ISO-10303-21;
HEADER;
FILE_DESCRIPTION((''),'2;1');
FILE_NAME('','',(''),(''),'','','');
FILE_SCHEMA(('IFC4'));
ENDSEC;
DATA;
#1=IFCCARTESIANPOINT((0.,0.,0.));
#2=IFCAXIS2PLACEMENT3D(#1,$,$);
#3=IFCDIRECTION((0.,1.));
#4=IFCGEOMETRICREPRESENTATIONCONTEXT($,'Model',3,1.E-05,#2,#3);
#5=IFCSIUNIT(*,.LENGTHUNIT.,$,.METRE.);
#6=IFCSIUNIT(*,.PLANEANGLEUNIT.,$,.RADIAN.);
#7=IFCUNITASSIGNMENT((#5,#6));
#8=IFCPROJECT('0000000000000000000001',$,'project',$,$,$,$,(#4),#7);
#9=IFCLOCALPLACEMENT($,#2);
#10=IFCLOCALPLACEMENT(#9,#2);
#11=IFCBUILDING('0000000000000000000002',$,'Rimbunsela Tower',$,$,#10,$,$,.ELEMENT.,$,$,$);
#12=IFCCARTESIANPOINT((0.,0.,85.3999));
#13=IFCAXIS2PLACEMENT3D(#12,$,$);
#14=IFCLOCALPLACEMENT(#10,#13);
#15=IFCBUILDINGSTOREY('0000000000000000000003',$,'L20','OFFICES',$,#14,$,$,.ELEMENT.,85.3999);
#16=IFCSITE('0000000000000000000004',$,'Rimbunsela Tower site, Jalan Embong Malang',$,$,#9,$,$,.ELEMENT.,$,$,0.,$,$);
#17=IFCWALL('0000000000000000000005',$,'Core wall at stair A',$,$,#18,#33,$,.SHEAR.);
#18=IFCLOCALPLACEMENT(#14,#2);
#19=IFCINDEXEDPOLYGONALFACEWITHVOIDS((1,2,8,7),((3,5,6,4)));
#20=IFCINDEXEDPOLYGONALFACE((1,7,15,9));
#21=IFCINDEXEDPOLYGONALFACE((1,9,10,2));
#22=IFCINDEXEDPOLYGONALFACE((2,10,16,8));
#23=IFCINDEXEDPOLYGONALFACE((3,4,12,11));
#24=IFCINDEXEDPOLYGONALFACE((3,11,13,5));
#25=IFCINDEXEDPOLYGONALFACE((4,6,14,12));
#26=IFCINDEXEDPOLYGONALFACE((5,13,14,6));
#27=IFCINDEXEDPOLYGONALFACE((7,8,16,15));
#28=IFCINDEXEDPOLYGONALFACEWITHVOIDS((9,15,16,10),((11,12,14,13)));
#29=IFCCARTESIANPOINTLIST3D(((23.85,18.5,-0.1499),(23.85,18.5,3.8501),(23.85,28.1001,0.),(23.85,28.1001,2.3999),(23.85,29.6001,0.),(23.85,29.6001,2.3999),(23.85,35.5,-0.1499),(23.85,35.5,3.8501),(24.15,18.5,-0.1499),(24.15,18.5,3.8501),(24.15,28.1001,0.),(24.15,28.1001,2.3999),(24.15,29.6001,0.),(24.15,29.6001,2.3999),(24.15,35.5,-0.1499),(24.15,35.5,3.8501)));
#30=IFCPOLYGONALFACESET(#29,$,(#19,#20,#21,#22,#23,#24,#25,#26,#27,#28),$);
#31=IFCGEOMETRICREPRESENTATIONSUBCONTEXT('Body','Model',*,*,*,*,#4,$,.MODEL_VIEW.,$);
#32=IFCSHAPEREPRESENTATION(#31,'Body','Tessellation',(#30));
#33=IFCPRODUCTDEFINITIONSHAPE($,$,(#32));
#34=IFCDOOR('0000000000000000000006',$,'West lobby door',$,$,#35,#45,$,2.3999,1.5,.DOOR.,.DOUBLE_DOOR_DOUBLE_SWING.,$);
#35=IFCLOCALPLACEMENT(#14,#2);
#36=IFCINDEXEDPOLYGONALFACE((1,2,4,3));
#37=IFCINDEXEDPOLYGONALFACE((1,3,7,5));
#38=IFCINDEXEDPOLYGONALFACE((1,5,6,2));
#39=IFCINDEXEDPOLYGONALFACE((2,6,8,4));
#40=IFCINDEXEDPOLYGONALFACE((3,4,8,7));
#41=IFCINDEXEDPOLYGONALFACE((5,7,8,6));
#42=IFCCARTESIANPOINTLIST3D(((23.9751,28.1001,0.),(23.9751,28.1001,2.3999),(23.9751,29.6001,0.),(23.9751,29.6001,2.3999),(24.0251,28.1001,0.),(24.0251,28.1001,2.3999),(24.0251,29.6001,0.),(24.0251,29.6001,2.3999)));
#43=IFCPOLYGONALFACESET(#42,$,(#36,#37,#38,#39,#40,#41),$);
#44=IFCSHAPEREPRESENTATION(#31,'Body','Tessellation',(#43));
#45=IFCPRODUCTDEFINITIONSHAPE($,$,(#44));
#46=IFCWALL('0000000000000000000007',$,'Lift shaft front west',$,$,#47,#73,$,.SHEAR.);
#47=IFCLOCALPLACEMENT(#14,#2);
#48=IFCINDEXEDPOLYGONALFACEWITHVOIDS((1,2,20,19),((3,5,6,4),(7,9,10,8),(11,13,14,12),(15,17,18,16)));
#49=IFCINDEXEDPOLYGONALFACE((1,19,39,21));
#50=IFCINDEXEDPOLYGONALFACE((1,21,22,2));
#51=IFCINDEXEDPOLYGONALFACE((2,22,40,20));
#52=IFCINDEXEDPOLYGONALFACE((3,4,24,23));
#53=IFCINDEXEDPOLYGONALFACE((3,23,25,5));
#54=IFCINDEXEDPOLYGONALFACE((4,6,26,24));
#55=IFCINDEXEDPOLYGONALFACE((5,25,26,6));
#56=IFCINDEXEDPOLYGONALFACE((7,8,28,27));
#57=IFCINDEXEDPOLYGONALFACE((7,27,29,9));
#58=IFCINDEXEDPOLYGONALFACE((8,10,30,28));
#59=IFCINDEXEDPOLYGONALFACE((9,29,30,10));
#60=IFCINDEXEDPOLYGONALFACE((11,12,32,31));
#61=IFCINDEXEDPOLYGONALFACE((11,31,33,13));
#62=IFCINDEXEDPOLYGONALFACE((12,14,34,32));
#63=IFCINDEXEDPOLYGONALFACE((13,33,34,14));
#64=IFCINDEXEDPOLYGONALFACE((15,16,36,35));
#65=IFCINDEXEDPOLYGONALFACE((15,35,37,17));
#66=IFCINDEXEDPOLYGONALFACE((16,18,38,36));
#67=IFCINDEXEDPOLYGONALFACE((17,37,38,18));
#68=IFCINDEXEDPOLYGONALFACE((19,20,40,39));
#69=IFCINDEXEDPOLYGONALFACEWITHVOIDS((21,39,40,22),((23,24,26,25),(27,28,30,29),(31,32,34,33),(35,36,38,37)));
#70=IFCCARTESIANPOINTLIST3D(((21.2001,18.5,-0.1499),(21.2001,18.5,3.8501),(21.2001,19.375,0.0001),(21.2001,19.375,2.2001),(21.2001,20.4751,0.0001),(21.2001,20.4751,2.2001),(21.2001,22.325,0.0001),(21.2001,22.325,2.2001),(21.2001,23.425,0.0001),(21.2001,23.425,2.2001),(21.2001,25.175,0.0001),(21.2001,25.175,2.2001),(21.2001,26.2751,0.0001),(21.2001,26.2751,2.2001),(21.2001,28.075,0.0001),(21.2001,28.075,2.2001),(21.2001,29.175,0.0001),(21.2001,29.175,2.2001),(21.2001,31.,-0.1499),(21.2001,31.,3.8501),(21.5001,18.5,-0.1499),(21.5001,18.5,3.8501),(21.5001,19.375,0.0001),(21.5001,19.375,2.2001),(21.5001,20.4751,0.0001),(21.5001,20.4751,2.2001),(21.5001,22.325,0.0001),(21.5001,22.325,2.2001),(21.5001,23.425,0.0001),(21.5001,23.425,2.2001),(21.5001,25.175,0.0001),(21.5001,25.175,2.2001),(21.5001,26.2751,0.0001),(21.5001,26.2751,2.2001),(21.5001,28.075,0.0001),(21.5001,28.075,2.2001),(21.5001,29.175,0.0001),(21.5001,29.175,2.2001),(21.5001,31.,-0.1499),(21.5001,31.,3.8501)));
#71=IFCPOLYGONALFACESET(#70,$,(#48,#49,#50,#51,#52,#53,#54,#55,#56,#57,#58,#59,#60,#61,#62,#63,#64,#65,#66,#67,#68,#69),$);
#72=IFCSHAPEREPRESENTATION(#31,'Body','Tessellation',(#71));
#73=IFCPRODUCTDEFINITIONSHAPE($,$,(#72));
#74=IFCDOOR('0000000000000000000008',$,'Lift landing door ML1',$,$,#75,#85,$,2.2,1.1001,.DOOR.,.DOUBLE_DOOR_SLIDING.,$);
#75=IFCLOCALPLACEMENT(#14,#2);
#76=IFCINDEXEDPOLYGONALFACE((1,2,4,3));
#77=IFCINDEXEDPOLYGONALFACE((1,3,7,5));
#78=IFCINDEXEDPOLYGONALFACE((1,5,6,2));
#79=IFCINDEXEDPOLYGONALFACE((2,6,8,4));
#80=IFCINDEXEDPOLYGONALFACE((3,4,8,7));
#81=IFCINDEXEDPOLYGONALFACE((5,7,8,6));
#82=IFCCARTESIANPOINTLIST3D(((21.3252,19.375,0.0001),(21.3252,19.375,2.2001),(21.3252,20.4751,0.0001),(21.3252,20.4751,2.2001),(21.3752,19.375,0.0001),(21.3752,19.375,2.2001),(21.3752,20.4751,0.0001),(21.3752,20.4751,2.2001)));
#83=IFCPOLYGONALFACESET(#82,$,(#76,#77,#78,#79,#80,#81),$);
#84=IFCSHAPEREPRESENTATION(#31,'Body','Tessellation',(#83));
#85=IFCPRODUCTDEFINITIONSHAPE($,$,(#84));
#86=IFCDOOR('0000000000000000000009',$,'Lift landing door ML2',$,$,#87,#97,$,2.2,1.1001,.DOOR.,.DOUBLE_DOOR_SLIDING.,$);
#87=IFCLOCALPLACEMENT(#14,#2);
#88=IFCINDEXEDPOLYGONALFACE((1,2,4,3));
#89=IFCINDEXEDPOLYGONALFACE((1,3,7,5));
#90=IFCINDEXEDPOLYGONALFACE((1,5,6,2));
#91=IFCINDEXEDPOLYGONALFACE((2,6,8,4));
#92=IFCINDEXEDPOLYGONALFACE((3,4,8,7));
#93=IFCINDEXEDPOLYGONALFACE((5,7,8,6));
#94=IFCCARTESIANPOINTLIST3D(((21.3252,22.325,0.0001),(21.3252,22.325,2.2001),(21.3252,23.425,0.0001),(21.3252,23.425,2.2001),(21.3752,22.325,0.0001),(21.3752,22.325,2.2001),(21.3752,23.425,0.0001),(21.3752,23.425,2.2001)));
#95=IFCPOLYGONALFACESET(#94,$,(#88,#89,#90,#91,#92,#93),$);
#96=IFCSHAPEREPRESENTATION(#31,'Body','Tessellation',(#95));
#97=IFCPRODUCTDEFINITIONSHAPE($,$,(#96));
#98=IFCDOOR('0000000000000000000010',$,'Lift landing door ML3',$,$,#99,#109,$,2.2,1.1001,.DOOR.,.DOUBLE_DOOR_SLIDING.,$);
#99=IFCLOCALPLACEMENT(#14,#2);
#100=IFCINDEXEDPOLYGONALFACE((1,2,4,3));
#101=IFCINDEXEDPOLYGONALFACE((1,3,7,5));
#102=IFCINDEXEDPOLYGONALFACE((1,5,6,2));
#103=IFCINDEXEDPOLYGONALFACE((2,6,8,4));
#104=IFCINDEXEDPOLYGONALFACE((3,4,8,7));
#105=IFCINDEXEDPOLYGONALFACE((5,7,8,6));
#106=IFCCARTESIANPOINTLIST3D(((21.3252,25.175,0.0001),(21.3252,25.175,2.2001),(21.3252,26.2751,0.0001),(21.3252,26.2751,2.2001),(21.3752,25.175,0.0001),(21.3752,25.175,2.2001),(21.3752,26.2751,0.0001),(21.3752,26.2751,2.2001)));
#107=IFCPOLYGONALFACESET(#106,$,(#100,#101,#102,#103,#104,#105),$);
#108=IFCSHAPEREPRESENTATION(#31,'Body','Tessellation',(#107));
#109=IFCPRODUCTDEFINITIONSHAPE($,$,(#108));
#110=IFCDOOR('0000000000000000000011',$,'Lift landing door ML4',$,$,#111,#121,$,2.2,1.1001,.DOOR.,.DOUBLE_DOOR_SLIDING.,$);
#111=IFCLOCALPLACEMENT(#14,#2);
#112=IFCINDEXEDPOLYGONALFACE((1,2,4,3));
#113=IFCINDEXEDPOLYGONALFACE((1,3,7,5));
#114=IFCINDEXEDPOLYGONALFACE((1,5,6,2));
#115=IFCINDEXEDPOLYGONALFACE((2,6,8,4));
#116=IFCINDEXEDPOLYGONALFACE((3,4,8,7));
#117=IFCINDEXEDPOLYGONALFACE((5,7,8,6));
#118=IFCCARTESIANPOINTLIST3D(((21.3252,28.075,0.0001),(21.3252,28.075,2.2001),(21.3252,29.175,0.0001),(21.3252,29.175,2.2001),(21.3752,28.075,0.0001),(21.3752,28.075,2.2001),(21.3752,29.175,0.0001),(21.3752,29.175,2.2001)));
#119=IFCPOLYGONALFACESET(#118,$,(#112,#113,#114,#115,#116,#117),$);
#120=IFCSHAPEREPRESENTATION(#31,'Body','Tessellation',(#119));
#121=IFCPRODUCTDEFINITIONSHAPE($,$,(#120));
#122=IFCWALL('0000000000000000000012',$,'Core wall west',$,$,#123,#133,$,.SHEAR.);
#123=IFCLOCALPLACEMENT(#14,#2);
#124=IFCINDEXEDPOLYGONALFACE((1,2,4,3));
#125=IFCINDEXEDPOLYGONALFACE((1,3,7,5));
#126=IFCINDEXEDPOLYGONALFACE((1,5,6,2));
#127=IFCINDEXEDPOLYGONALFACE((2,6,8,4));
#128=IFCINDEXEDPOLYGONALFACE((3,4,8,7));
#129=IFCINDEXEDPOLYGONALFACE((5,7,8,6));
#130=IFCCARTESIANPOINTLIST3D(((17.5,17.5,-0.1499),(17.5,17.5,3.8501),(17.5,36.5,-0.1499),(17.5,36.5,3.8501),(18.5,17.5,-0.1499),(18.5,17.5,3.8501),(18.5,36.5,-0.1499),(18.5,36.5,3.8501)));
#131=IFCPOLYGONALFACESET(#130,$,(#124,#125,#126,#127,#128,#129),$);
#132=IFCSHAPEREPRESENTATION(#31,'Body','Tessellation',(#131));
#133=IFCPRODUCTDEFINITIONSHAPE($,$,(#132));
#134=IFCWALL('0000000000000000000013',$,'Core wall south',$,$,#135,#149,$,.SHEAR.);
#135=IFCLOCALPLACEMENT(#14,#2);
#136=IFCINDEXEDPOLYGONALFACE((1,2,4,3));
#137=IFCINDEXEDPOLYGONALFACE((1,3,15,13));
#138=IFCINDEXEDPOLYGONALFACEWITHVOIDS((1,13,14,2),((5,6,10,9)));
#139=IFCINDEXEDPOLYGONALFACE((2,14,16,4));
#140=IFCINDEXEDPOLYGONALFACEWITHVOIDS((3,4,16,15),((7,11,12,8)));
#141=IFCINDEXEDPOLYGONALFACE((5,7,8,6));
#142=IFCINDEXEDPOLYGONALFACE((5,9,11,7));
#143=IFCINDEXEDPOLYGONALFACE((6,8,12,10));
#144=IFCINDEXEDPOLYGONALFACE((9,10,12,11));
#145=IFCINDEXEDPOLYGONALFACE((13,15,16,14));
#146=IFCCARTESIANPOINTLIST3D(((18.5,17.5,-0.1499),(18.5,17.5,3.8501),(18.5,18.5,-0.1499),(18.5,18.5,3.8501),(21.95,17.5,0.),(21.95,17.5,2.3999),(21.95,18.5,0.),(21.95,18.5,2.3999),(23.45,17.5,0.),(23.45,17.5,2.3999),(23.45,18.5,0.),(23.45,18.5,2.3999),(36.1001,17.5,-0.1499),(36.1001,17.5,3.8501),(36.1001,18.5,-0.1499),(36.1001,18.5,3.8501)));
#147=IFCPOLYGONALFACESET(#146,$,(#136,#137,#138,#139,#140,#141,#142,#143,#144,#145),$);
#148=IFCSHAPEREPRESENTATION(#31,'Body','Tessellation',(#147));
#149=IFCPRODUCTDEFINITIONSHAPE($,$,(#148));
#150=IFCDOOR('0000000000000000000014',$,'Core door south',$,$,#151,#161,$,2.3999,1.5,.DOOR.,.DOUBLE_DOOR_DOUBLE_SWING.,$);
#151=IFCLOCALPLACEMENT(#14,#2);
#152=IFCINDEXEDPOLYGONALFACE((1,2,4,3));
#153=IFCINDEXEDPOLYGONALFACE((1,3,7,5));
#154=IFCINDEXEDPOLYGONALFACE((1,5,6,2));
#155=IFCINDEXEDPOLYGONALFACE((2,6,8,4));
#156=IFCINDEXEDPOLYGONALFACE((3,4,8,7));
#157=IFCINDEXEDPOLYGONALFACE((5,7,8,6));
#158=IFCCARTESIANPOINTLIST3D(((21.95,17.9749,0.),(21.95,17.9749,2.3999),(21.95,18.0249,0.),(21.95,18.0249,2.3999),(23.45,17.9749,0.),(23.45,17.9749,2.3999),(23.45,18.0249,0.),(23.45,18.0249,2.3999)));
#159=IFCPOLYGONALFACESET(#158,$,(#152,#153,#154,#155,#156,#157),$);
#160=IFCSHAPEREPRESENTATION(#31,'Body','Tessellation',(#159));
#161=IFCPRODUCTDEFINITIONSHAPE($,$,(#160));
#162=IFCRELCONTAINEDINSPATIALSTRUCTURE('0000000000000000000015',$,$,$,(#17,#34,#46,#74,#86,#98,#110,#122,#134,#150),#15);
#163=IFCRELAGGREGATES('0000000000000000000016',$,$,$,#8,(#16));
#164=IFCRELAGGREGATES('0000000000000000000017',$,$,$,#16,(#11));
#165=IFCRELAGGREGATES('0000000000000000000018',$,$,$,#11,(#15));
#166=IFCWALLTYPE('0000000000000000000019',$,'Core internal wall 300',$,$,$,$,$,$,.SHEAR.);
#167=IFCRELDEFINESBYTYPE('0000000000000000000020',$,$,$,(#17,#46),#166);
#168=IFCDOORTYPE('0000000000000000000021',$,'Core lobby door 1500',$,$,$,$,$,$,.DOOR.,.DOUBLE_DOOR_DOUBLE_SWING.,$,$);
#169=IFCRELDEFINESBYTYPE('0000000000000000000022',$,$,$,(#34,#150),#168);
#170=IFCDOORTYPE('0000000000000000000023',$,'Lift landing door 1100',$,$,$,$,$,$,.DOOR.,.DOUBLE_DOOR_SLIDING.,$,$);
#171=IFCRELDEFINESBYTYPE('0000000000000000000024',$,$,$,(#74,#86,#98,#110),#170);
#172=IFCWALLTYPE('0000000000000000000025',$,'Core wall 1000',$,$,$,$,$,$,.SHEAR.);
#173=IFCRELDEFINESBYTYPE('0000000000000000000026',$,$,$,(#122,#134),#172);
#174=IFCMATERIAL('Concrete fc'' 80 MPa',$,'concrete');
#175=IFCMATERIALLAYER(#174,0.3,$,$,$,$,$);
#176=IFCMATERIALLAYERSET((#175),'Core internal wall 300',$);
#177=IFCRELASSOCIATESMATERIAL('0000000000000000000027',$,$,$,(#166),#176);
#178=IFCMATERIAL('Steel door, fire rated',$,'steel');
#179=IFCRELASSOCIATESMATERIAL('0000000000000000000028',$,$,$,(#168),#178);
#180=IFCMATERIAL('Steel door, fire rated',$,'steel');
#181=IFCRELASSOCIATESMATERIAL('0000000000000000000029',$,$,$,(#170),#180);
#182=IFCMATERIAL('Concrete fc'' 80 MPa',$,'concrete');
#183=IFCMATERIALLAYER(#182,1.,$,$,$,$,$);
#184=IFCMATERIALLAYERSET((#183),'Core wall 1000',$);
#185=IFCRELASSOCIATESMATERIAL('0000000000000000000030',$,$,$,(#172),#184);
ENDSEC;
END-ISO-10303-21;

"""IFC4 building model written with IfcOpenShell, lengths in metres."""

from ifc_helpers import new_model, si_unit, direction, frame, frame_2d, origin, place, context, subcontext, project, spatial, rectangle, extrude, material, layer, layer_set, type_object, element, fill, save


model = new_model("IFC4")

# Units and contexts
model_context = context("Model", 3, precision=1e-05, world=origin(), true_north=direction((0.0, 1.0)))
body_context = subcontext(model_context, "Body", "Model", "MODEL_VIEW")
ifc_project = project(units=[si_unit("LENGTHUNIT", "METRE"), si_unit("PLANEANGLEUNIT", "RADIAN")], contexts=[model_context])

# Site, building, storey
site_placement = place(None, origin())
site = spatial("IfcSite", under=ifc_project, at=site_placement, Name="Rimbunsela Tower site, Jalan Embong Malang", CompositionType="ELEMENT", RefElevation=0.0)
building_placement = place(site_placement, origin())
building = spatial("IfcBuilding", under=site, at=building_placement, Name="Rimbunsela Tower", CompositionType="ELEMENT")
storey_placement = place(building_placement, frame((0.0, 0.0, 85.3999)))
storey = spatial("IfcBuildingStorey", under=building, at=storey_placement, Name="L20", Description="OFFICES", CompositionType="ELEMENT", Elevation=85.3999)

# Wall, opening, door
ifc_material_1 = material(Name="Concrete fc' 80 MPa", Category="concrete")
ifc_layer_1 = layer(ifc_material_1, 0.3)
ifc_layer_set_1 = layer_set([ifc_layer_1], Name="Core internal wall 300")
wall_type_1 = type_object("IfcWallType", Name="Core internal wall 300", PredefinedType="SHEAR", material=ifc_layer_set_1)
wall_1_placement = place(storey_placement, frame((24.0, 18.5, -0.1499), z_axis=(0.0, 0.0, 1.0), x_axis=(0.0, 1.0, 0.0)))
wall_1 = element("IfcWall", 1, at=wall_1_placement, inside=storey, type_object=wall_type_1, Name="Core wall at stair A", PredefinedType="SHEAR", context=body_context, shape_type="SweptSolid", body=[
    extrude(rectangle(XDim=17.0, YDim=0.3, at=frame_2d((8.5, 0.0))), origin(), (0.0, 0.0, 1.0), 4.0),
])
opening_1_placement = place(wall_1_placement, frame((9.6001, 0.0, 0.1499)))
opening_1 = element("IfcOpeningElement", 2, at=opening_1_placement, cuts=wall_1, PredefinedType="OPENING", context=body_context, shape_type="SweptSolid", body=[
    extrude(rectangle(XDim=1.5, YDim=2.3999, at=frame_2d((0.75, 1.2))), frame((0.0, 0.1599, 0.0), z_axis=(0.0, -1.0, 0.0), x_axis=(1.0, 0.0, 0.0)), (0.0, 0.0, 1.0), 0.3201),
])
ifc_material_2 = material(Name="Steel door, fire rated", Category="steel")
door_type_1 = type_object("IfcDoorType", Name="Core lobby door 1500", OperationType="DOUBLE_DOOR_DOUBLE_SWING", PredefinedType="DOOR", material=ifc_material_2)
door_1_placement = place(opening_1_placement, origin())
door_1 = element("IfcDoor", 3, at=door_1_placement, inside=storey, type_object=door_type_1, Name="West lobby door", OperationType="DOUBLE_DOOR_DOUBLE_SWING", OverallHeight=2.3999, OverallWidth=1.5, PredefinedType="DOOR", context=body_context, shape_type="SweptSolid", body=[
    extrude(rectangle(XDim=1.5, YDim=2.3999, at=frame_2d((0.75, 1.2))), frame((0.0, 0.0249, 0.0), z_axis=(0.0, -1.0, 0.0), x_axis=(1.0, 0.0, 0.0)), (0.0, 0.0, 1.0), 0.05),
])
fill(opening_1, door_1)

# Wall, openings, doors
wall_2_placement = place(storey_placement, frame((21.3501, 18.5, -0.1499), z_axis=(0.0, 0.0, 1.0), x_axis=(0.0, 1.0, 0.0)))
wall_2 = element("IfcWall", 4, at=wall_2_placement, inside=storey, type_object=wall_type_1, Name="Lift shaft front west", PredefinedType="SHEAR", context=body_context, shape_type="SweptSolid", body=[
    extrude(rectangle(XDim=12.5, YDim=0.3, at=frame_2d((6.25, 0.0))), origin(), (0.0, 0.0, 1.0), 4.0),
])
opening_2_placement = place(wall_2_placement, frame((0.875, 0.0, 0.1499)))
opening_2 = element("IfcOpeningElement", 5, at=opening_2_placement, cuts=wall_2, PredefinedType="OPENING", context=body_context, shape_type="SweptSolid", body=[
    extrude(rectangle(XDim=1.1001, YDim=2.2, at=frame_2d((0.55, 1.1001))), frame((0.0, 0.1599, 0.0), z_axis=(0.0, -1.0, 0.0), x_axis=(1.0, 0.0, 0.0)), (0.0, 0.0, 1.0), 0.3201),
])
opening_3_placement = place(wall_2_placement, frame((3.825, 0.0, 0.1499)))
opening_3 = element("IfcOpeningElement", 6, at=opening_3_placement, cuts=wall_2, PredefinedType="OPENING", context=body_context, shape_type="SweptSolid", body=[
    extrude(rectangle(XDim=1.1001, YDim=2.2, at=frame_2d((0.55, 1.1001))), frame((0.0, 0.1599, 0.0), z_axis=(0.0, -1.0, 0.0), x_axis=(1.0, 0.0, 0.0)), (0.0, 0.0, 1.0), 0.3201),
])
opening_4_placement = place(wall_2_placement, frame((6.675, 0.0, 0.1499)))
opening_4 = element("IfcOpeningElement", 7, at=opening_4_placement, cuts=wall_2, PredefinedType="OPENING", context=body_context, shape_type="SweptSolid", body=[
    extrude(rectangle(XDim=1.1001, YDim=2.2, at=frame_2d((0.55, 1.1001))), frame((0.0, 0.1599, 0.0), z_axis=(0.0, -1.0, 0.0), x_axis=(1.0, 0.0, 0.0)), (0.0, 0.0, 1.0), 0.3201),
])
opening_5_placement = place(wall_2_placement, frame((9.575, 0.0, 0.1499)))
opening_5 = element("IfcOpeningElement", 8, at=opening_5_placement, cuts=wall_2, PredefinedType="OPENING", context=body_context, shape_type="SweptSolid", body=[
    extrude(rectangle(XDim=1.1001, YDim=2.2, at=frame_2d((0.55, 1.1001))), frame((0.0, 0.1599, 0.0), z_axis=(0.0, -1.0, 0.0), x_axis=(1.0, 0.0, 0.0)), (0.0, 0.0, 1.0), 0.3201),
])
ifc_material_3 = material(Name="Steel door, fire rated", Category="steel")
door_type_2 = type_object("IfcDoorType", Name="Lift landing door 1100", OperationType="DOUBLE_DOOR_SLIDING", PredefinedType="DOOR", material=ifc_material_3)
door_2_placement = place(opening_2_placement, origin())
door_2 = element("IfcDoor", 9, at=door_2_placement, inside=storey, type_object=door_type_2, Name="Lift landing door ML1", OperationType="DOUBLE_DOOR_SLIDING", OverallHeight=2.2, OverallWidth=1.1001, PredefinedType="DOOR", context=body_context, shape_type="SweptSolid", body=[
    extrude(rectangle(XDim=1.1001, YDim=2.2, at=frame_2d((0.55, 1.1001))), frame((0.0, 0.0249, 0.0), z_axis=(0.0, -1.0, 0.0), x_axis=(1.0, 0.0, 0.0)), (0.0, 0.0, 1.0), 0.05),
])
fill(opening_2, door_2)
door_3_placement = place(opening_3_placement, origin())
door_3 = element("IfcDoor", 10, at=door_3_placement, inside=storey, type_object=door_type_2, Name="Lift landing door ML2", OperationType="DOUBLE_DOOR_SLIDING", OverallHeight=2.2, OverallWidth=1.1001, PredefinedType="DOOR", context=body_context, shape_type="SweptSolid", body=[
    extrude(rectangle(XDim=1.1001, YDim=2.2, at=frame_2d((0.55, 1.1001))), frame((0.0, 0.0249, 0.0), z_axis=(0.0, -1.0, 0.0), x_axis=(1.0, 0.0, 0.0)), (0.0, 0.0, 1.0), 0.05),
])
fill(opening_3, door_3)
door_4_placement = place(opening_4_placement, origin())
door_4 = element("IfcDoor", 11, at=door_4_placement, inside=storey, type_object=door_type_2, Name="Lift landing door ML3", OperationType="DOUBLE_DOOR_SLIDING", OverallHeight=2.2, OverallWidth=1.1001, PredefinedType="DOOR", context=body_context, shape_type="SweptSolid", body=[
    extrude(rectangle(XDim=1.1001, YDim=2.2, at=frame_2d((0.55, 1.1001))), frame((0.0, 0.0249, 0.0), z_axis=(0.0, -1.0, 0.0), x_axis=(1.0, 0.0, 0.0)), (0.0, 0.0, 1.0), 0.05),
])
fill(opening_4, door_4)
door_5_placement = place(opening_5_placement, origin())
door_5 = element("IfcDoor", 12, at=door_5_placement, inside=storey, type_object=door_type_2, Name="Lift landing door ML4", OperationType="DOUBLE_DOOR_SLIDING", OverallHeight=2.2, OverallWidth=1.1001, PredefinedType="DOOR", context=body_context, shape_type="SweptSolid", body=[
    extrude(rectangle(XDim=1.1001, YDim=2.2, at=frame_2d((0.55, 1.1001))), frame((0.0, 0.0249, 0.0), z_axis=(0.0, -1.0, 0.0), x_axis=(1.0, 0.0, 0.0)), (0.0, 0.0, 1.0), 0.05),
])
fill(opening_5, door_5)

# Wall
ifc_material_4 = material(Name="Concrete fc' 80 MPa", Category="concrete")
ifc_layer_2 = layer(ifc_material_4, 1.0)
ifc_layer_set_2 = layer_set([ifc_layer_2], Name="Core wall 1000")
wall_type_2 = type_object("IfcWallType", Name="Core wall 1000", PredefinedType="SHEAR", material=ifc_layer_set_2)
wall_3_placement = place(storey_placement, frame((18.0, 17.5, -0.1499), z_axis=(0.0, 0.0, 1.0), x_axis=(0.0, 1.0, 0.0)))
element("IfcWall", 13, at=wall_3_placement, inside=storey, type_object=wall_type_2, Name="Core wall west", PredefinedType="SHEAR", context=body_context, shape_type="SweptSolid", body=[
    extrude(rectangle(XDim=19.0, YDim=1.0, at=frame_2d((9.5, 0.0))), origin(), (0.0, 0.0, 1.0), 4.0),
])

# Wall, opening, door
wall_4_placement = place(storey_placement, frame((18.5, 18.0, -0.1499), z_axis=(0.0, 0.0, 1.0), x_axis=(1.0, 0.0, 0.0)))
wall_4 = element("IfcWall", 14, at=wall_4_placement, inside=storey, type_object=wall_type_2, Name="Core wall south", PredefinedType="SHEAR", context=body_context, shape_type="SweptSolid", body=[
    extrude(rectangle(XDim=17.6001, YDim=1.0, at=frame_2d((8.8, 0.0))), origin(), (0.0, 0.0, 1.0), 4.0),
])
opening_6_placement = place(wall_4_placement, frame((3.45, 0.0, 0.1499)))
opening_6 = element("IfcOpeningElement", 15, at=opening_6_placement, cuts=wall_4, PredefinedType="OPENING", context=body_context, shape_type="SweptSolid", body=[
    extrude(rectangle(XDim=1.5, YDim=2.3999, at=frame_2d((0.75, 1.2))), frame((0.0, 0.51, 0.0), z_axis=(0.0, -1.0, 0.0), x_axis=(1.0, 0.0, 0.0)), (0.0, 0.0, 1.0), 1.02),
])
door_6_placement = place(opening_6_placement, origin())
door_6 = element("IfcDoor", 16, at=door_6_placement, inside=storey, type_object=door_type_1, Name="Core door south", OperationType="DOUBLE_DOOR_DOUBLE_SWING", OverallHeight=2.3999, OverallWidth=1.5, PredefinedType="DOOR", context=body_context, shape_type="SweptSolid", body=[
    extrude(rectangle(XDim=1.5, YDim=2.3999, at=frame_2d((0.75, 1.2))), frame((0.0, 0.0249, 0.0), z_axis=(0.0, -1.0, 0.0), x_axis=(1.0, 0.0, 0.0)), (0.0, 0.0, 1.0), 0.05),
])
fill(opening_6, door_6)

save(model, "model.ifc")
